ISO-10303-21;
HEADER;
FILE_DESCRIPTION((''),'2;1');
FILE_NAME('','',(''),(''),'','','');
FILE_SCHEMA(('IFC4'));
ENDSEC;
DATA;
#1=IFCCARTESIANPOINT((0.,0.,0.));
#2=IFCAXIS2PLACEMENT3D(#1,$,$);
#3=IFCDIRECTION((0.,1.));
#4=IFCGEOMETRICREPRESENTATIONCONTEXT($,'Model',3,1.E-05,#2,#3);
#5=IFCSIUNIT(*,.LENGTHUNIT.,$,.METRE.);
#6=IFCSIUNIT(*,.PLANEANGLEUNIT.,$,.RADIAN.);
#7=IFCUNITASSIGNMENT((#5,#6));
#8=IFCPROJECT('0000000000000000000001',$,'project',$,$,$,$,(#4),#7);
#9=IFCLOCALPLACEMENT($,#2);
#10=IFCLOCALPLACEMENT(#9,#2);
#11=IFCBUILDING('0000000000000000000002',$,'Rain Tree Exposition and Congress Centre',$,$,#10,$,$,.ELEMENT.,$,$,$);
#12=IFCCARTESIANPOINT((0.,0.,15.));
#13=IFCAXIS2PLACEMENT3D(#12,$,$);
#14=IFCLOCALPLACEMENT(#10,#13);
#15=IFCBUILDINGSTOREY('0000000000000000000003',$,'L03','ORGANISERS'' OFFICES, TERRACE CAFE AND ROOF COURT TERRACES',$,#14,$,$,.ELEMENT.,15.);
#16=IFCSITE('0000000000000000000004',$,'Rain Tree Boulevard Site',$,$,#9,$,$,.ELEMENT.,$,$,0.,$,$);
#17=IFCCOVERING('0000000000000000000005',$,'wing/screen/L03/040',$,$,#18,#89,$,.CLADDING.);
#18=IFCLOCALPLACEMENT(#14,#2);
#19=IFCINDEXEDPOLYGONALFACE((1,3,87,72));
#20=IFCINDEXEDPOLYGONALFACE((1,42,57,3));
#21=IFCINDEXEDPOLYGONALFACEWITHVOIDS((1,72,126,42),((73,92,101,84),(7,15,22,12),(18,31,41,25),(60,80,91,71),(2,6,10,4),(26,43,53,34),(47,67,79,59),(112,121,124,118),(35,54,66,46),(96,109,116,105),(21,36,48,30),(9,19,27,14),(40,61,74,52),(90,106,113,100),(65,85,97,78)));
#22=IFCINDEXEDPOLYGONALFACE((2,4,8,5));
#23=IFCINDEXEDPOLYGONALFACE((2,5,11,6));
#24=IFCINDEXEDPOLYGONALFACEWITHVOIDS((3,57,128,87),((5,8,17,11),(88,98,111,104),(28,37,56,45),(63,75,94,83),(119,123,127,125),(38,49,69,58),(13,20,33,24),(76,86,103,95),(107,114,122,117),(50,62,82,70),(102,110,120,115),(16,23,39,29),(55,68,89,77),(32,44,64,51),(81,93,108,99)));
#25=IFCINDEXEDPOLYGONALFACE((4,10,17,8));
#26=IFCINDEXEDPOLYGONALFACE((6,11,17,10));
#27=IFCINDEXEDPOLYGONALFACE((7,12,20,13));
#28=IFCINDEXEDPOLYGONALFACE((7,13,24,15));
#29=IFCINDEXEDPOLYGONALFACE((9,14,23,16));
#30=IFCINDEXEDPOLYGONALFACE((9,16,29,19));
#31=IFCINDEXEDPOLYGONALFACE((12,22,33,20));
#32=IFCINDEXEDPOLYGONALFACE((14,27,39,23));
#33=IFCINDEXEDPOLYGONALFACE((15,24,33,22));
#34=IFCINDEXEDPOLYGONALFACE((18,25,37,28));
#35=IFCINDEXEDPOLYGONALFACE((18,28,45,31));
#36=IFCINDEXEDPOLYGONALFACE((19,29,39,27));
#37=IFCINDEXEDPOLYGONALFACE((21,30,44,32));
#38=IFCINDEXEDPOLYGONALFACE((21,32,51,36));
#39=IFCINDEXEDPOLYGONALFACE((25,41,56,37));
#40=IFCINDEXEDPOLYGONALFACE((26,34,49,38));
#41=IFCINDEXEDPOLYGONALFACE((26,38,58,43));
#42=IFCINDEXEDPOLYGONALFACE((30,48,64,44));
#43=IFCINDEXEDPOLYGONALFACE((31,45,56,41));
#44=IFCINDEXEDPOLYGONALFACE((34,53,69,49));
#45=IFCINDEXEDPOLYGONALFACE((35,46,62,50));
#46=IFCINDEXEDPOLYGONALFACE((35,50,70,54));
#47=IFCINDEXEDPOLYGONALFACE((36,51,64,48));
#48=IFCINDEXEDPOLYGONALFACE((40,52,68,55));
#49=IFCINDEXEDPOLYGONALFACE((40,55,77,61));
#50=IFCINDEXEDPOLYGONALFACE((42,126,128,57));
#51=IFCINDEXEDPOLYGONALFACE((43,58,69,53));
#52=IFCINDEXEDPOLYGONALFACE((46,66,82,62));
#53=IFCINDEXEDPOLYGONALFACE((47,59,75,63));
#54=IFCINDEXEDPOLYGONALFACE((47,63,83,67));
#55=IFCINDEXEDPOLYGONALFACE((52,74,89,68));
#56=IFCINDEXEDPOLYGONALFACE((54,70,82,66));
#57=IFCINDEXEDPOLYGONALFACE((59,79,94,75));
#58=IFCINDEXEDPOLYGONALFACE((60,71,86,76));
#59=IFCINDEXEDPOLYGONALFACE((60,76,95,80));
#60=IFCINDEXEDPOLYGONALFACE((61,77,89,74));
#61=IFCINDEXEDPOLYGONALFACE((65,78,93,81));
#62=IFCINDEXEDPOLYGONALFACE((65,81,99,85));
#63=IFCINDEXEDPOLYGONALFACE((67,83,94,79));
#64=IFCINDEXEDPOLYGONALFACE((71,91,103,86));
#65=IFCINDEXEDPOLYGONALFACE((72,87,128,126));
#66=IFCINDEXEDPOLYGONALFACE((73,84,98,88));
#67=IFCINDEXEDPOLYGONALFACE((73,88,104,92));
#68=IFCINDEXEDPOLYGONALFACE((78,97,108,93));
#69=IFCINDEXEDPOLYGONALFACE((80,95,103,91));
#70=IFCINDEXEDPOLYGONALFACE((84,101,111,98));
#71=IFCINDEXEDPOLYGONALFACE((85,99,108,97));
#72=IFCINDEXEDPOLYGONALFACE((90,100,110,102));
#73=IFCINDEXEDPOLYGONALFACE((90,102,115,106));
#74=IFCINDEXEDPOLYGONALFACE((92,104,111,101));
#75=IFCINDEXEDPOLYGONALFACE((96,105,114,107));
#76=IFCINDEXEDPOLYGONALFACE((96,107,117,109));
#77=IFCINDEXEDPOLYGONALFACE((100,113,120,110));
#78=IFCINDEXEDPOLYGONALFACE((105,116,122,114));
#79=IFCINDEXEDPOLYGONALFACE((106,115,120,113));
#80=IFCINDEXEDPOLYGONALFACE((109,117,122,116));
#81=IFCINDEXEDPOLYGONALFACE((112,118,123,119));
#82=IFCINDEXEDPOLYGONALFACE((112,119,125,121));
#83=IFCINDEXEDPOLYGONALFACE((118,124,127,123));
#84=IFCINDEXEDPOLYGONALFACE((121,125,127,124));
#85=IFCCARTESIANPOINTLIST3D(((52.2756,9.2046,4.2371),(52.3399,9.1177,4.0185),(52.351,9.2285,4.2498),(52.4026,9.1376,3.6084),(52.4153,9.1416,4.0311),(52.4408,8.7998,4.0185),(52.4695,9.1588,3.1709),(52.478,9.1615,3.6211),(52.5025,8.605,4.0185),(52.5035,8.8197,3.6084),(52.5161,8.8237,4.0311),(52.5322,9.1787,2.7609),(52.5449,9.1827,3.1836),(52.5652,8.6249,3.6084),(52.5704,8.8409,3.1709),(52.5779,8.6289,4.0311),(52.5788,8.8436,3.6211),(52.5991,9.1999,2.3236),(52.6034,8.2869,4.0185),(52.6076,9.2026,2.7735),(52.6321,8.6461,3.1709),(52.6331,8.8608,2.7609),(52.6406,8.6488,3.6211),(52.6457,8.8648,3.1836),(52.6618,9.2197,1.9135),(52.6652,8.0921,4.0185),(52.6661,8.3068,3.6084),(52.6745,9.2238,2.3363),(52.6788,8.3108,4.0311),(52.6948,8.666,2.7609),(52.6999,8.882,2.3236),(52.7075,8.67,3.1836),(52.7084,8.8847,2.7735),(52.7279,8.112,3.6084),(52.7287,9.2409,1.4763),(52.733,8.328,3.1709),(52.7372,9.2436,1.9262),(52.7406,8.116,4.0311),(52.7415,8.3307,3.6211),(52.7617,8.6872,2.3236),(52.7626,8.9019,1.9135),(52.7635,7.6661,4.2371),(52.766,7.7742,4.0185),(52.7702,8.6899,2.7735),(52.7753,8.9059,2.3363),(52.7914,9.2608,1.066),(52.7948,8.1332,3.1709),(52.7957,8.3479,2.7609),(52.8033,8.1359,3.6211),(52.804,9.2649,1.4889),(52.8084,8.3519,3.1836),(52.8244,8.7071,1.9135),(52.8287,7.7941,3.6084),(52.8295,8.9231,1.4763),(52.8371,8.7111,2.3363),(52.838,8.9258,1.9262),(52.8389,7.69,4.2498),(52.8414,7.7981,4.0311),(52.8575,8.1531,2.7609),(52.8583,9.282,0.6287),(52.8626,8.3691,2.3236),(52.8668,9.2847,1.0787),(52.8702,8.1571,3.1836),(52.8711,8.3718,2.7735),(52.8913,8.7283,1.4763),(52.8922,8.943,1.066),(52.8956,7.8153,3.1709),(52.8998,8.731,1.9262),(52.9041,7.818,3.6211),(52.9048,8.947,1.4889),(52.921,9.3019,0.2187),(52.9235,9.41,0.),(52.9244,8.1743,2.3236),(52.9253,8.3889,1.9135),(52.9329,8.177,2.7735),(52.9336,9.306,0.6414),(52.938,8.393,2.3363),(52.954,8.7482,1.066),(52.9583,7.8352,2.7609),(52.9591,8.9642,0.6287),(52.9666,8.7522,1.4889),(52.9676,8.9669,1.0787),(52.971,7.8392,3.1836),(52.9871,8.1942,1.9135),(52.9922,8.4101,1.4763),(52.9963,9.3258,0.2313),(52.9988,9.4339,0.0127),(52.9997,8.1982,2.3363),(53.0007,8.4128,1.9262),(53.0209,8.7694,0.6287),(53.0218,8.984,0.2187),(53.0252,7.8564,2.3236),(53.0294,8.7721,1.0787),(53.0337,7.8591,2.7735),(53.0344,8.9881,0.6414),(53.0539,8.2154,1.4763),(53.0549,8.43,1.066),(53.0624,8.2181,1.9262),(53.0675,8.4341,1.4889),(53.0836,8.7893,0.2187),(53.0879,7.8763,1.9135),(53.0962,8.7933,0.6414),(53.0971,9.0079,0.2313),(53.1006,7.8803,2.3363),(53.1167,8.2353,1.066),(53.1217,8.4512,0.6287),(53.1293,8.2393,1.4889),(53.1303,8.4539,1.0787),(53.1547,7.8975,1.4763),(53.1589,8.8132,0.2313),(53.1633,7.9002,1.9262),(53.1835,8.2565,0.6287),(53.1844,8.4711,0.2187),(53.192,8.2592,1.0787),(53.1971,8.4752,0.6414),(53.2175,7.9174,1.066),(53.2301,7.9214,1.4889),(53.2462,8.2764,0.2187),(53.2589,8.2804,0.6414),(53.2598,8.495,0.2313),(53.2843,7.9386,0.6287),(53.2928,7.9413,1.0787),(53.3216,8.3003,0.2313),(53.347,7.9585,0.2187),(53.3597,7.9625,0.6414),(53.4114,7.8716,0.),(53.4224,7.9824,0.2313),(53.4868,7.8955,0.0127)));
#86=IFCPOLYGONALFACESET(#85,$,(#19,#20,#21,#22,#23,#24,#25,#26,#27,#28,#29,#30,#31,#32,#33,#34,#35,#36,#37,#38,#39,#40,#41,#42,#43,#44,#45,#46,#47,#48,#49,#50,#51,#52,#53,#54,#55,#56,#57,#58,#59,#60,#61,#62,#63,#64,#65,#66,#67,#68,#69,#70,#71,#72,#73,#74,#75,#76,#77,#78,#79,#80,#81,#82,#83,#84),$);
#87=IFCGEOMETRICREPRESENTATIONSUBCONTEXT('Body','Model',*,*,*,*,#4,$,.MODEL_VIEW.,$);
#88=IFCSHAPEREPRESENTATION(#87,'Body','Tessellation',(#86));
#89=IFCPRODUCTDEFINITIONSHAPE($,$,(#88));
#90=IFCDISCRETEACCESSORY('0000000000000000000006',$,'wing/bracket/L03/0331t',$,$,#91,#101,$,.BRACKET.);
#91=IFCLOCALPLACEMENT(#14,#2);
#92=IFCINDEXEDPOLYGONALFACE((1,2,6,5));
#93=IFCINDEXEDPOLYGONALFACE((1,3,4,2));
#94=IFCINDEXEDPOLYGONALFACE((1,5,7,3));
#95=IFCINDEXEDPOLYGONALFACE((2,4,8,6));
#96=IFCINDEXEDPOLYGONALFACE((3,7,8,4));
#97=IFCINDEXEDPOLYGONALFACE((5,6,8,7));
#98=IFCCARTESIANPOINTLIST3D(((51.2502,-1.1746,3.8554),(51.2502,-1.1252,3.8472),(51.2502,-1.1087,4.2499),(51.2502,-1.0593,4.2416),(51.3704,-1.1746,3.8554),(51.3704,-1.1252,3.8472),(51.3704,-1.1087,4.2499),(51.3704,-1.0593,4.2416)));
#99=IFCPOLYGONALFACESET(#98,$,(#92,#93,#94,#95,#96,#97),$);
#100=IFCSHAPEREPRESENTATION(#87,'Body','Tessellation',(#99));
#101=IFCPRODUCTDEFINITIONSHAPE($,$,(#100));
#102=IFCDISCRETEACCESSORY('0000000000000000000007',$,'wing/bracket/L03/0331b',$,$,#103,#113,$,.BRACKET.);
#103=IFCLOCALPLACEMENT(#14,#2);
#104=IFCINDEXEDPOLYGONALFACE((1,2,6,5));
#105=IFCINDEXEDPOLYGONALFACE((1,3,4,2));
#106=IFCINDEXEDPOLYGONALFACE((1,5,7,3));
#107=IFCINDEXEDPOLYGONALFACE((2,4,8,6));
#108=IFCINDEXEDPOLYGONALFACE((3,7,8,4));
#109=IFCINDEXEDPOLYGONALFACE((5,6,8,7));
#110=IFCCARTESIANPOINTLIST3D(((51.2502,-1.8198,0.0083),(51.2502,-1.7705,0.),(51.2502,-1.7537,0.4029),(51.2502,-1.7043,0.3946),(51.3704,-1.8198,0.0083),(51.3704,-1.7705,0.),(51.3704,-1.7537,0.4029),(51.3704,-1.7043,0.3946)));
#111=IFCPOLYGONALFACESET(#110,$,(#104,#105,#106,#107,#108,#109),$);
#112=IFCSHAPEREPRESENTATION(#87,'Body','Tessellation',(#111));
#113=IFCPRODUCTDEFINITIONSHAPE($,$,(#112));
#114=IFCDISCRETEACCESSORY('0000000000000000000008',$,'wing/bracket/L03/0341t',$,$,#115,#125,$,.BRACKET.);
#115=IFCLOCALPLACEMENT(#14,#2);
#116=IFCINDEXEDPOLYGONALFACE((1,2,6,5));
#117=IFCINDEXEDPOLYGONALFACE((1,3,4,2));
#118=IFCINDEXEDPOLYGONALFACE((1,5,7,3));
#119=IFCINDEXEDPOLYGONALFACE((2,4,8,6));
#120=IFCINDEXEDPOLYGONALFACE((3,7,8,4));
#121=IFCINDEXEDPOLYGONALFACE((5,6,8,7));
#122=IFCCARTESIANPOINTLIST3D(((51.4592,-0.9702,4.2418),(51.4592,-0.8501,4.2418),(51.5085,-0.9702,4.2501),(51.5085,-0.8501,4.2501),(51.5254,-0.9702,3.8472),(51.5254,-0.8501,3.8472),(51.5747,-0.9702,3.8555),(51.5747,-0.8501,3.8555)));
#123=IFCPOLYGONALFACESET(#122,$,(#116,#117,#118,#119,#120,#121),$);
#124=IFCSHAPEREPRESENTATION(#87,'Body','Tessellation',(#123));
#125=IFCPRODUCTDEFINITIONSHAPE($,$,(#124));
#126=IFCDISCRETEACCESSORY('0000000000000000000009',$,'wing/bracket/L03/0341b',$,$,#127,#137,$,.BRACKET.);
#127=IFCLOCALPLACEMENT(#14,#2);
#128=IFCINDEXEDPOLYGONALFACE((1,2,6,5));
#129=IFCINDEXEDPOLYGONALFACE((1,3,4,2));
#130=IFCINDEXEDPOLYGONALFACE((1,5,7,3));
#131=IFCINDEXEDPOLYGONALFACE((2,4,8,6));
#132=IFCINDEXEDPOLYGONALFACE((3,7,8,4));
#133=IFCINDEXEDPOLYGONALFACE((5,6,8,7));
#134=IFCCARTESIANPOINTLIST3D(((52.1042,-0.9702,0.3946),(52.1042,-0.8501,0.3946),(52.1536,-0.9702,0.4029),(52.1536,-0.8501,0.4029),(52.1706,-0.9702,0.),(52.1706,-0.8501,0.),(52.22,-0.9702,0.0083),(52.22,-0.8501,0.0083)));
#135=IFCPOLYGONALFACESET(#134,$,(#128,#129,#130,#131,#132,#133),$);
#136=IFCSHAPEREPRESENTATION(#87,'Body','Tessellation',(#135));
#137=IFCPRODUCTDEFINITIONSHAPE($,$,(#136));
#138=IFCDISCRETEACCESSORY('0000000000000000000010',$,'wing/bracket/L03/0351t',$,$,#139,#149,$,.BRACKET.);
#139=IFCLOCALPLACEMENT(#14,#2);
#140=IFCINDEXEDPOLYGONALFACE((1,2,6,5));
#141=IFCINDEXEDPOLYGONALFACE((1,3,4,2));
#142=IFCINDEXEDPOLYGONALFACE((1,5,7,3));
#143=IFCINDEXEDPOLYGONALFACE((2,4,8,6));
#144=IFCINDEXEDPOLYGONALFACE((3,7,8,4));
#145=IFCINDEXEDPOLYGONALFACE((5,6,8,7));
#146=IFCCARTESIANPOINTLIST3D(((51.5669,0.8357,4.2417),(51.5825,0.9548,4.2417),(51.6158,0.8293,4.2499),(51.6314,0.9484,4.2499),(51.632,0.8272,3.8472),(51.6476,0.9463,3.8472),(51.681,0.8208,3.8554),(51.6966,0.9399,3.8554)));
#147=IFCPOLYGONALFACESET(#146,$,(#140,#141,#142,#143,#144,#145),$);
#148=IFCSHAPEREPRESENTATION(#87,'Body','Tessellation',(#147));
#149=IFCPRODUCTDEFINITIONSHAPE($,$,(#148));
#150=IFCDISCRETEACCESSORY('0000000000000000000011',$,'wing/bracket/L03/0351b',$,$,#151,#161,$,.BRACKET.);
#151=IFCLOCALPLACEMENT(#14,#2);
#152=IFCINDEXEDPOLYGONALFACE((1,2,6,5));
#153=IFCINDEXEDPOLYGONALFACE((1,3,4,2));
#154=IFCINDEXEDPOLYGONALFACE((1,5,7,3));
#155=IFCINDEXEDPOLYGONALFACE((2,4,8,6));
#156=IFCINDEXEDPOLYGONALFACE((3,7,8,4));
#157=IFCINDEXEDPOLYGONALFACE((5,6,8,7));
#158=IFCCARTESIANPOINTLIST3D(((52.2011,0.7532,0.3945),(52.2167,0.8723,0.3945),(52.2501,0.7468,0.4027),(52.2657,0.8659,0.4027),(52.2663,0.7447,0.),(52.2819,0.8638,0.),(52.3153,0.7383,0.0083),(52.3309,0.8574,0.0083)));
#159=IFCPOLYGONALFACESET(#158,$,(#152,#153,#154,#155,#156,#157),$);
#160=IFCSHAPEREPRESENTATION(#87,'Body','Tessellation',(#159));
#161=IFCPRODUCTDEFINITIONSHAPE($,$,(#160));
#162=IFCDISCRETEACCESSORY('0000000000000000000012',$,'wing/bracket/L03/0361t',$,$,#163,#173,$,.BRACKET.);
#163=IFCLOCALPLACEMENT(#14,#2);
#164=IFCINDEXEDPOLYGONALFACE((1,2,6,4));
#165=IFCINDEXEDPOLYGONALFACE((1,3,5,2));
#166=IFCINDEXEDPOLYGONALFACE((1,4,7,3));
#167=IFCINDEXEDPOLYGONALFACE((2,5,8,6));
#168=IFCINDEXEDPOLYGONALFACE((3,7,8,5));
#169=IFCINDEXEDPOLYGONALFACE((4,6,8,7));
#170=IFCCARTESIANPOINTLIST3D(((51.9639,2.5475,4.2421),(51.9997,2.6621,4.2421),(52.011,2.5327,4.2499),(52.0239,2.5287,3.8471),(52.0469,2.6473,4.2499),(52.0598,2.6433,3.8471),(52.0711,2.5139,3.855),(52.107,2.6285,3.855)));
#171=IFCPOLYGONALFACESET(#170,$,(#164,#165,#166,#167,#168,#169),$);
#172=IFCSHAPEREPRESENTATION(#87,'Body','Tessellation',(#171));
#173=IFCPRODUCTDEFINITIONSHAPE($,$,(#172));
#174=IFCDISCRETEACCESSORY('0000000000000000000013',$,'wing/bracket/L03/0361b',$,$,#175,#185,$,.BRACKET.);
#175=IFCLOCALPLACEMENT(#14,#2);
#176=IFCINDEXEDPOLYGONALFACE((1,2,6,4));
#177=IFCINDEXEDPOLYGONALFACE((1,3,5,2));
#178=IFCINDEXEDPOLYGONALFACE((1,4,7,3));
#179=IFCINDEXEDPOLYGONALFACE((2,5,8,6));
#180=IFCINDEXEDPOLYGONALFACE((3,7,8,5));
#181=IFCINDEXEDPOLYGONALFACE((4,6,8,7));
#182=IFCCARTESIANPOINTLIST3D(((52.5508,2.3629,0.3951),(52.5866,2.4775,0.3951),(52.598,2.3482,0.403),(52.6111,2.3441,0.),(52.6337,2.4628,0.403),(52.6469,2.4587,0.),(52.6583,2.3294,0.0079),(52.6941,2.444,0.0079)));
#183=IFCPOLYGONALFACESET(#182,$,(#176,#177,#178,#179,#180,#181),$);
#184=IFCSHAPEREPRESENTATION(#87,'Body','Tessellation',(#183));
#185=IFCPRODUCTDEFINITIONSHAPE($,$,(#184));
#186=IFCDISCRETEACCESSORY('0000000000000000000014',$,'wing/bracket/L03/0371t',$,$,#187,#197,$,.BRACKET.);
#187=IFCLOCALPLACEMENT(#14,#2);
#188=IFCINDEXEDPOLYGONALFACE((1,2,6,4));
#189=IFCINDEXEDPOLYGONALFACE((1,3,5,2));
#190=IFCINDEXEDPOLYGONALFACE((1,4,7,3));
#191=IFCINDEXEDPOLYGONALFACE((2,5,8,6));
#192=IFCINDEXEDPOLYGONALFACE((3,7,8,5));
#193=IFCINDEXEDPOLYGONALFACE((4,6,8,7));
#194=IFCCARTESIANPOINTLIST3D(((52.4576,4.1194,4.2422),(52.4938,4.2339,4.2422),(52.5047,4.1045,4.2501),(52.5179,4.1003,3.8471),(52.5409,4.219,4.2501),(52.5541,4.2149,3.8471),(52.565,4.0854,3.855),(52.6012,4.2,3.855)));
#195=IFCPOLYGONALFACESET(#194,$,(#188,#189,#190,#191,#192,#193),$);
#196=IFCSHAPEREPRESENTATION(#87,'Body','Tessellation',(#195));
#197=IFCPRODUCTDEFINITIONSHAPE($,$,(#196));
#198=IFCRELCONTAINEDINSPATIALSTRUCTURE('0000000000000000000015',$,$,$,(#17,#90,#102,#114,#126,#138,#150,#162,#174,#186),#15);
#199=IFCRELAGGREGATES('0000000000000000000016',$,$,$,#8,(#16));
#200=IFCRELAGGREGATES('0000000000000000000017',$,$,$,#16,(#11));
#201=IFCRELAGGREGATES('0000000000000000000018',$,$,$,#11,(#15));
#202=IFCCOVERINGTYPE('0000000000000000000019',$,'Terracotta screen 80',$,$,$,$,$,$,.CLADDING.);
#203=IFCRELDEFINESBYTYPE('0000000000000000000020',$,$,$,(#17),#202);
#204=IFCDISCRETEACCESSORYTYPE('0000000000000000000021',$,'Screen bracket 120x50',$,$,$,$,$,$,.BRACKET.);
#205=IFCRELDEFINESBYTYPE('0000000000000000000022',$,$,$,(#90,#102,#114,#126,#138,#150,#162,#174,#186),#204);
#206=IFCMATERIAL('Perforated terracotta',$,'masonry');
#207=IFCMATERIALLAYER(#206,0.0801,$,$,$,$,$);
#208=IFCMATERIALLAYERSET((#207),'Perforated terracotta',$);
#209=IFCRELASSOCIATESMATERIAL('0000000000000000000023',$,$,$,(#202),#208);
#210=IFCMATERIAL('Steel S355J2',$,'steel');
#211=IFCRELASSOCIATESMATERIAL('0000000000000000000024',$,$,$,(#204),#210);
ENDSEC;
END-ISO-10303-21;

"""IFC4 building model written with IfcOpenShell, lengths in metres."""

from ifc_helpers import new_model, si_unit, direction, frame, origin, origin_2d, place, context, subcontext, project, spatial, polyline, rectangle, outline, extrude, material, layer, layer_set, material_profile, profile_set, type_object, element, save


model = new_model("IFC4")

# Units and contexts
model_context = context("Model", 3, precision=1e-05, world=origin(), true_north=direction((0.0, 1.0)))
body_context = subcontext(model_context, "Body", "Model", "MODEL_VIEW")
ifc_project = project(units=[si_unit("LENGTHUNIT", "METRE"), si_unit("PLANEANGLEUNIT", "RADIAN")], contexts=[model_context])

# Site, building, storey
site_placement = place(None, origin())
site = spatial("IfcSite", under=ifc_project, at=site_placement, Name="Rain Tree Boulevard Site", CompositionType="ELEMENT", RefElevation=0.0)
building_placement = place(site_placement, origin())
building = spatial("IfcBuilding", under=site, at=building_placement, Name="Rain Tree Exposition and Congress Centre", CompositionType="ELEMENT")
storey_placement = place(building_placement, frame((0.0, 0.0, 15.0)))
storey = spatial("IfcBuildingStorey", under=building, at=storey_placement, Name="L03", Description="ORGANISERS' OFFICES, TERRACE CAFE AND ROOF COURT TERRACES", CompositionType="ELEMENT", Elevation=15.0)

# Covering
ifc_material_1 = material(Name="Perforated terracotta", Category="masonry")
ifc_layer = layer(ifc_material_1, 0.0801)
ifc_layer_set = layer_set([ifc_layer], Name="Perforated terracotta")
covering_type = type_object("IfcCoveringType", Name="Terracotta screen 80", PredefinedType="CLADDING", material=ifc_layer_set)
covering_1_placement = place(storey_placement, frame((53.4934, 7.8745, 0.0127), z_axis=(-0.941177, -0.298496, -0.158386), x_axis=(0.302312, -0.953209, 0.0)))
element("IfcCovering", 1, at=covering_1_placement, inside=storey, type_object=covering_type, Name="wing/screen/L03/040", PredefinedType="CLADDING", context=body_context, shape_type="SweptSolid", body=[
    extrude(outline(polyline([(-1.636, 0.0), (-1.636, 4.2913), (-0.022, 4.2913), (-0.022, 0.0), (-1.636, 0.0)]), holes=[polyline([(-0.1243, 0.2214), (-0.1243, 0.6367), (-0.4578, 0.6367), (-0.4578, 0.2214), (-0.1243, 0.2214)]), polyline([(-0.1243, 1.0796), (-0.1243, 1.4951), (-0.4578, 1.4951), (-0.4578, 1.0796), (-0.1243, 1.0796)]), polyline([(-0.1243, 1.938), (-0.1243, 2.3533), (-0.4578, 2.3533), (-0.4578, 1.938), (-0.1243, 1.938)]), polyline([(-0.1243, 2.7961), (-0.1243, 3.2114), (-0.4578, 3.2114), (-0.4578, 2.7961), (-0.1243, 2.7961)]), polyline([(-0.1243, 3.6545), (-0.1243, 4.0698), (-0.4578, 4.0698), (-0.4578, 3.6545), (-0.1243, 3.6545)]), polyline([(-0.6621, 0.2214), (-0.6621, 0.6367), (-0.9958, 0.6367), (-0.9958, 0.2214), (-0.6621, 0.2214)]), polyline([(-0.6621, 1.0796), (-0.6621, 1.4951), (-0.9958, 1.4951), (-0.9958, 1.0796), (-0.6621, 1.0796)]), polyline([(-0.6621, 1.938), (-0.6621, 2.3533), (-0.9958, 2.3533), (-0.9958, 1.938), (-0.6621, 1.938)]), polyline([(-0.6621, 2.7961), (-0.6621, 3.2114), (-0.9958, 3.2114), (-0.9958, 2.7961), (-0.6621, 2.7961)]), polyline([(-0.6621, 3.6545), (-0.6621, 4.0698), (-0.9958, 4.0698), (-0.9958, 3.6545), (-0.6621, 3.6545)]), polyline([(-1.2002, 0.2214), (-1.2002, 0.6367), (-1.5337, 0.6367), (-1.5337, 0.2214), (-1.2002, 0.2214)]), polyline([(-1.2002, 1.0796), (-1.2002, 1.4951), (-1.5337, 1.4951), (-1.5337, 1.0796), (-1.2002, 1.0796)]), polyline([(-1.2002, 1.938), (-1.2002, 2.3533), (-1.5337, 2.3533), (-1.5337, 1.938), (-1.2002, 1.938)]), polyline([(-1.2002, 2.7961), (-1.2002, 3.2114), (-1.5337, 3.2114), (-1.5337, 2.7961), (-1.2002, 2.7961)]), polyline([(-1.2002, 3.6545), (-1.2002, 4.0698), (-1.5337, 4.0698), (-1.5337, 3.6545), (-1.2002, 3.6545)])]), origin(), (0.0, 0.0, 1.0), 0.0801),
])

# Discrete accessories
ifc_material_2 = material(Name="Steel S355J2", Category="steel")
ifc_material_profile = material_profile(ifc_material_2, rectangle(XDim=0.1201, YDim=0.05, at=origin_2d()), Name="Flat bar 120x50")
ifc_profile_set = profile_set([ifc_material_profile], Name="Steel S355J2")
discrete_accessory_type = type_object("IfcDiscreteAccessoryType", Name="Screen bracket 120x50", PredefinedType="BRACKET", material=ifc_profile_set)
discrete_accessory_1_placement = place(storey_placement, frame((51.3103, -1.1499, 3.8513), z_axis=(0.0, 0.164795, 0.986328), x_axis=(-1.0, 0.0, 0.0)))
element("IfcDiscreteAccessory", 2, at=discrete_accessory_1_placement, inside=storey, type_object=discrete_accessory_type, Name="wing/bracket/L03/0331t", PredefinedType="BRACKET", context=body_context, shape_type="SweptSolid", body=[
    extrude(rectangle(XDim=0.1201, YDim=0.05, at=origin_2d()), origin(), (0.0, 0.0, 1.0), 0.3999),
])
for number, where, z_axis, x_axis, name in (
    (3, (51.3103, -1.7952, 0.0042), (0.0, 0.165389, 0.986228), (-1.0, 0.0, 0.0), "wing/bracket/L03/0331b"),
    (4, (51.55, -0.9102, 3.8513), (-0.165389, 0.0, 0.986228), (0.0, -1.0, 0.0), "wing/bracket/L03/0341t"),
    (5, (52.1953, -0.9102, 0.0042), (-0.165982, 0.0, 0.986129), (0.0, -1.0, 0.0), "wing/bracket/L03/0341b"),
):
    element("IfcDiscreteAccessory", number, at=place(storey_placement, frame(where, z_axis=z_axis, x_axis=x_axis)), inside=storey, type_object=discrete_accessory_type, Name=name, PredefinedType="BRACKET", context=body_context, shape_type="SweptSolid", body=[
        extrude(rectangle(XDim=0.1201, YDim=0.05, at=origin_2d()), origin(), (0.0, 0.0, 1.0), 0.4001),
    ])
for number, where, z_axis, x_axis, name in (
    (6, (51.6643, 0.8835, 3.8513), (-0.162976, 0.021364, 0.986399), (-0.129974, -0.991517, 0.0), "wing/bracket/L03/0351t"),
    (7, (52.2986, 0.801, 0.0042), (-0.162976, 0.021364, 0.986399), (-0.129974, -0.991517, 0.0), "wing/bracket/L03/0351b"),
    (8, (52.0654, 2.5786, 3.8511), (-0.150146, 0.046997, 0.987546), (-0.298717, -0.954342, 0.0), "wing/bracket/L03/0361t"),
):
    element("IfcDiscreteAccessory", number, at=place(storey_placement, frame(where, z_axis=z_axis, x_axis=x_axis)), inside=storey, type_object=discrete_accessory_type, Name=name, PredefinedType="BRACKET", context=body_context, shape_type="SweptSolid", body=[
        extrude(rectangle(XDim=0.1201, YDim=0.05, at=origin_2d()), origin(), (0.0, 0.0, 1.0), 0.3999),
    ])
for number, where, z_axis, x_axis, name in (
    (9, (52.6526, 2.394, 0.0039), (-0.150743, 0.046993, 0.987456), (-0.297615, -0.954686, 0.0), "wing/bracket/L03/0361b"),
    (10, (52.5596, 4.1501, 3.8511), (-0.150738, 0.047602, 0.987427), (-0.301131, -0.953583, 0.0), "wing/bracket/L03/0371t"),
):
    element("IfcDiscreteAccessory", number, at=place(storey_placement, frame(where, z_axis=z_axis, x_axis=x_axis)), inside=storey, type_object=discrete_accessory_type, Name=name, PredefinedType="BRACKET", context=body_context, shape_type="SweptSolid", body=[
        extrude(rectangle(XDim=0.1201, YDim=0.05, at=origin_2d()), origin(), (0.0, 0.0, 1.0), 0.4001),
    ])

save(model, "model.ifc")
